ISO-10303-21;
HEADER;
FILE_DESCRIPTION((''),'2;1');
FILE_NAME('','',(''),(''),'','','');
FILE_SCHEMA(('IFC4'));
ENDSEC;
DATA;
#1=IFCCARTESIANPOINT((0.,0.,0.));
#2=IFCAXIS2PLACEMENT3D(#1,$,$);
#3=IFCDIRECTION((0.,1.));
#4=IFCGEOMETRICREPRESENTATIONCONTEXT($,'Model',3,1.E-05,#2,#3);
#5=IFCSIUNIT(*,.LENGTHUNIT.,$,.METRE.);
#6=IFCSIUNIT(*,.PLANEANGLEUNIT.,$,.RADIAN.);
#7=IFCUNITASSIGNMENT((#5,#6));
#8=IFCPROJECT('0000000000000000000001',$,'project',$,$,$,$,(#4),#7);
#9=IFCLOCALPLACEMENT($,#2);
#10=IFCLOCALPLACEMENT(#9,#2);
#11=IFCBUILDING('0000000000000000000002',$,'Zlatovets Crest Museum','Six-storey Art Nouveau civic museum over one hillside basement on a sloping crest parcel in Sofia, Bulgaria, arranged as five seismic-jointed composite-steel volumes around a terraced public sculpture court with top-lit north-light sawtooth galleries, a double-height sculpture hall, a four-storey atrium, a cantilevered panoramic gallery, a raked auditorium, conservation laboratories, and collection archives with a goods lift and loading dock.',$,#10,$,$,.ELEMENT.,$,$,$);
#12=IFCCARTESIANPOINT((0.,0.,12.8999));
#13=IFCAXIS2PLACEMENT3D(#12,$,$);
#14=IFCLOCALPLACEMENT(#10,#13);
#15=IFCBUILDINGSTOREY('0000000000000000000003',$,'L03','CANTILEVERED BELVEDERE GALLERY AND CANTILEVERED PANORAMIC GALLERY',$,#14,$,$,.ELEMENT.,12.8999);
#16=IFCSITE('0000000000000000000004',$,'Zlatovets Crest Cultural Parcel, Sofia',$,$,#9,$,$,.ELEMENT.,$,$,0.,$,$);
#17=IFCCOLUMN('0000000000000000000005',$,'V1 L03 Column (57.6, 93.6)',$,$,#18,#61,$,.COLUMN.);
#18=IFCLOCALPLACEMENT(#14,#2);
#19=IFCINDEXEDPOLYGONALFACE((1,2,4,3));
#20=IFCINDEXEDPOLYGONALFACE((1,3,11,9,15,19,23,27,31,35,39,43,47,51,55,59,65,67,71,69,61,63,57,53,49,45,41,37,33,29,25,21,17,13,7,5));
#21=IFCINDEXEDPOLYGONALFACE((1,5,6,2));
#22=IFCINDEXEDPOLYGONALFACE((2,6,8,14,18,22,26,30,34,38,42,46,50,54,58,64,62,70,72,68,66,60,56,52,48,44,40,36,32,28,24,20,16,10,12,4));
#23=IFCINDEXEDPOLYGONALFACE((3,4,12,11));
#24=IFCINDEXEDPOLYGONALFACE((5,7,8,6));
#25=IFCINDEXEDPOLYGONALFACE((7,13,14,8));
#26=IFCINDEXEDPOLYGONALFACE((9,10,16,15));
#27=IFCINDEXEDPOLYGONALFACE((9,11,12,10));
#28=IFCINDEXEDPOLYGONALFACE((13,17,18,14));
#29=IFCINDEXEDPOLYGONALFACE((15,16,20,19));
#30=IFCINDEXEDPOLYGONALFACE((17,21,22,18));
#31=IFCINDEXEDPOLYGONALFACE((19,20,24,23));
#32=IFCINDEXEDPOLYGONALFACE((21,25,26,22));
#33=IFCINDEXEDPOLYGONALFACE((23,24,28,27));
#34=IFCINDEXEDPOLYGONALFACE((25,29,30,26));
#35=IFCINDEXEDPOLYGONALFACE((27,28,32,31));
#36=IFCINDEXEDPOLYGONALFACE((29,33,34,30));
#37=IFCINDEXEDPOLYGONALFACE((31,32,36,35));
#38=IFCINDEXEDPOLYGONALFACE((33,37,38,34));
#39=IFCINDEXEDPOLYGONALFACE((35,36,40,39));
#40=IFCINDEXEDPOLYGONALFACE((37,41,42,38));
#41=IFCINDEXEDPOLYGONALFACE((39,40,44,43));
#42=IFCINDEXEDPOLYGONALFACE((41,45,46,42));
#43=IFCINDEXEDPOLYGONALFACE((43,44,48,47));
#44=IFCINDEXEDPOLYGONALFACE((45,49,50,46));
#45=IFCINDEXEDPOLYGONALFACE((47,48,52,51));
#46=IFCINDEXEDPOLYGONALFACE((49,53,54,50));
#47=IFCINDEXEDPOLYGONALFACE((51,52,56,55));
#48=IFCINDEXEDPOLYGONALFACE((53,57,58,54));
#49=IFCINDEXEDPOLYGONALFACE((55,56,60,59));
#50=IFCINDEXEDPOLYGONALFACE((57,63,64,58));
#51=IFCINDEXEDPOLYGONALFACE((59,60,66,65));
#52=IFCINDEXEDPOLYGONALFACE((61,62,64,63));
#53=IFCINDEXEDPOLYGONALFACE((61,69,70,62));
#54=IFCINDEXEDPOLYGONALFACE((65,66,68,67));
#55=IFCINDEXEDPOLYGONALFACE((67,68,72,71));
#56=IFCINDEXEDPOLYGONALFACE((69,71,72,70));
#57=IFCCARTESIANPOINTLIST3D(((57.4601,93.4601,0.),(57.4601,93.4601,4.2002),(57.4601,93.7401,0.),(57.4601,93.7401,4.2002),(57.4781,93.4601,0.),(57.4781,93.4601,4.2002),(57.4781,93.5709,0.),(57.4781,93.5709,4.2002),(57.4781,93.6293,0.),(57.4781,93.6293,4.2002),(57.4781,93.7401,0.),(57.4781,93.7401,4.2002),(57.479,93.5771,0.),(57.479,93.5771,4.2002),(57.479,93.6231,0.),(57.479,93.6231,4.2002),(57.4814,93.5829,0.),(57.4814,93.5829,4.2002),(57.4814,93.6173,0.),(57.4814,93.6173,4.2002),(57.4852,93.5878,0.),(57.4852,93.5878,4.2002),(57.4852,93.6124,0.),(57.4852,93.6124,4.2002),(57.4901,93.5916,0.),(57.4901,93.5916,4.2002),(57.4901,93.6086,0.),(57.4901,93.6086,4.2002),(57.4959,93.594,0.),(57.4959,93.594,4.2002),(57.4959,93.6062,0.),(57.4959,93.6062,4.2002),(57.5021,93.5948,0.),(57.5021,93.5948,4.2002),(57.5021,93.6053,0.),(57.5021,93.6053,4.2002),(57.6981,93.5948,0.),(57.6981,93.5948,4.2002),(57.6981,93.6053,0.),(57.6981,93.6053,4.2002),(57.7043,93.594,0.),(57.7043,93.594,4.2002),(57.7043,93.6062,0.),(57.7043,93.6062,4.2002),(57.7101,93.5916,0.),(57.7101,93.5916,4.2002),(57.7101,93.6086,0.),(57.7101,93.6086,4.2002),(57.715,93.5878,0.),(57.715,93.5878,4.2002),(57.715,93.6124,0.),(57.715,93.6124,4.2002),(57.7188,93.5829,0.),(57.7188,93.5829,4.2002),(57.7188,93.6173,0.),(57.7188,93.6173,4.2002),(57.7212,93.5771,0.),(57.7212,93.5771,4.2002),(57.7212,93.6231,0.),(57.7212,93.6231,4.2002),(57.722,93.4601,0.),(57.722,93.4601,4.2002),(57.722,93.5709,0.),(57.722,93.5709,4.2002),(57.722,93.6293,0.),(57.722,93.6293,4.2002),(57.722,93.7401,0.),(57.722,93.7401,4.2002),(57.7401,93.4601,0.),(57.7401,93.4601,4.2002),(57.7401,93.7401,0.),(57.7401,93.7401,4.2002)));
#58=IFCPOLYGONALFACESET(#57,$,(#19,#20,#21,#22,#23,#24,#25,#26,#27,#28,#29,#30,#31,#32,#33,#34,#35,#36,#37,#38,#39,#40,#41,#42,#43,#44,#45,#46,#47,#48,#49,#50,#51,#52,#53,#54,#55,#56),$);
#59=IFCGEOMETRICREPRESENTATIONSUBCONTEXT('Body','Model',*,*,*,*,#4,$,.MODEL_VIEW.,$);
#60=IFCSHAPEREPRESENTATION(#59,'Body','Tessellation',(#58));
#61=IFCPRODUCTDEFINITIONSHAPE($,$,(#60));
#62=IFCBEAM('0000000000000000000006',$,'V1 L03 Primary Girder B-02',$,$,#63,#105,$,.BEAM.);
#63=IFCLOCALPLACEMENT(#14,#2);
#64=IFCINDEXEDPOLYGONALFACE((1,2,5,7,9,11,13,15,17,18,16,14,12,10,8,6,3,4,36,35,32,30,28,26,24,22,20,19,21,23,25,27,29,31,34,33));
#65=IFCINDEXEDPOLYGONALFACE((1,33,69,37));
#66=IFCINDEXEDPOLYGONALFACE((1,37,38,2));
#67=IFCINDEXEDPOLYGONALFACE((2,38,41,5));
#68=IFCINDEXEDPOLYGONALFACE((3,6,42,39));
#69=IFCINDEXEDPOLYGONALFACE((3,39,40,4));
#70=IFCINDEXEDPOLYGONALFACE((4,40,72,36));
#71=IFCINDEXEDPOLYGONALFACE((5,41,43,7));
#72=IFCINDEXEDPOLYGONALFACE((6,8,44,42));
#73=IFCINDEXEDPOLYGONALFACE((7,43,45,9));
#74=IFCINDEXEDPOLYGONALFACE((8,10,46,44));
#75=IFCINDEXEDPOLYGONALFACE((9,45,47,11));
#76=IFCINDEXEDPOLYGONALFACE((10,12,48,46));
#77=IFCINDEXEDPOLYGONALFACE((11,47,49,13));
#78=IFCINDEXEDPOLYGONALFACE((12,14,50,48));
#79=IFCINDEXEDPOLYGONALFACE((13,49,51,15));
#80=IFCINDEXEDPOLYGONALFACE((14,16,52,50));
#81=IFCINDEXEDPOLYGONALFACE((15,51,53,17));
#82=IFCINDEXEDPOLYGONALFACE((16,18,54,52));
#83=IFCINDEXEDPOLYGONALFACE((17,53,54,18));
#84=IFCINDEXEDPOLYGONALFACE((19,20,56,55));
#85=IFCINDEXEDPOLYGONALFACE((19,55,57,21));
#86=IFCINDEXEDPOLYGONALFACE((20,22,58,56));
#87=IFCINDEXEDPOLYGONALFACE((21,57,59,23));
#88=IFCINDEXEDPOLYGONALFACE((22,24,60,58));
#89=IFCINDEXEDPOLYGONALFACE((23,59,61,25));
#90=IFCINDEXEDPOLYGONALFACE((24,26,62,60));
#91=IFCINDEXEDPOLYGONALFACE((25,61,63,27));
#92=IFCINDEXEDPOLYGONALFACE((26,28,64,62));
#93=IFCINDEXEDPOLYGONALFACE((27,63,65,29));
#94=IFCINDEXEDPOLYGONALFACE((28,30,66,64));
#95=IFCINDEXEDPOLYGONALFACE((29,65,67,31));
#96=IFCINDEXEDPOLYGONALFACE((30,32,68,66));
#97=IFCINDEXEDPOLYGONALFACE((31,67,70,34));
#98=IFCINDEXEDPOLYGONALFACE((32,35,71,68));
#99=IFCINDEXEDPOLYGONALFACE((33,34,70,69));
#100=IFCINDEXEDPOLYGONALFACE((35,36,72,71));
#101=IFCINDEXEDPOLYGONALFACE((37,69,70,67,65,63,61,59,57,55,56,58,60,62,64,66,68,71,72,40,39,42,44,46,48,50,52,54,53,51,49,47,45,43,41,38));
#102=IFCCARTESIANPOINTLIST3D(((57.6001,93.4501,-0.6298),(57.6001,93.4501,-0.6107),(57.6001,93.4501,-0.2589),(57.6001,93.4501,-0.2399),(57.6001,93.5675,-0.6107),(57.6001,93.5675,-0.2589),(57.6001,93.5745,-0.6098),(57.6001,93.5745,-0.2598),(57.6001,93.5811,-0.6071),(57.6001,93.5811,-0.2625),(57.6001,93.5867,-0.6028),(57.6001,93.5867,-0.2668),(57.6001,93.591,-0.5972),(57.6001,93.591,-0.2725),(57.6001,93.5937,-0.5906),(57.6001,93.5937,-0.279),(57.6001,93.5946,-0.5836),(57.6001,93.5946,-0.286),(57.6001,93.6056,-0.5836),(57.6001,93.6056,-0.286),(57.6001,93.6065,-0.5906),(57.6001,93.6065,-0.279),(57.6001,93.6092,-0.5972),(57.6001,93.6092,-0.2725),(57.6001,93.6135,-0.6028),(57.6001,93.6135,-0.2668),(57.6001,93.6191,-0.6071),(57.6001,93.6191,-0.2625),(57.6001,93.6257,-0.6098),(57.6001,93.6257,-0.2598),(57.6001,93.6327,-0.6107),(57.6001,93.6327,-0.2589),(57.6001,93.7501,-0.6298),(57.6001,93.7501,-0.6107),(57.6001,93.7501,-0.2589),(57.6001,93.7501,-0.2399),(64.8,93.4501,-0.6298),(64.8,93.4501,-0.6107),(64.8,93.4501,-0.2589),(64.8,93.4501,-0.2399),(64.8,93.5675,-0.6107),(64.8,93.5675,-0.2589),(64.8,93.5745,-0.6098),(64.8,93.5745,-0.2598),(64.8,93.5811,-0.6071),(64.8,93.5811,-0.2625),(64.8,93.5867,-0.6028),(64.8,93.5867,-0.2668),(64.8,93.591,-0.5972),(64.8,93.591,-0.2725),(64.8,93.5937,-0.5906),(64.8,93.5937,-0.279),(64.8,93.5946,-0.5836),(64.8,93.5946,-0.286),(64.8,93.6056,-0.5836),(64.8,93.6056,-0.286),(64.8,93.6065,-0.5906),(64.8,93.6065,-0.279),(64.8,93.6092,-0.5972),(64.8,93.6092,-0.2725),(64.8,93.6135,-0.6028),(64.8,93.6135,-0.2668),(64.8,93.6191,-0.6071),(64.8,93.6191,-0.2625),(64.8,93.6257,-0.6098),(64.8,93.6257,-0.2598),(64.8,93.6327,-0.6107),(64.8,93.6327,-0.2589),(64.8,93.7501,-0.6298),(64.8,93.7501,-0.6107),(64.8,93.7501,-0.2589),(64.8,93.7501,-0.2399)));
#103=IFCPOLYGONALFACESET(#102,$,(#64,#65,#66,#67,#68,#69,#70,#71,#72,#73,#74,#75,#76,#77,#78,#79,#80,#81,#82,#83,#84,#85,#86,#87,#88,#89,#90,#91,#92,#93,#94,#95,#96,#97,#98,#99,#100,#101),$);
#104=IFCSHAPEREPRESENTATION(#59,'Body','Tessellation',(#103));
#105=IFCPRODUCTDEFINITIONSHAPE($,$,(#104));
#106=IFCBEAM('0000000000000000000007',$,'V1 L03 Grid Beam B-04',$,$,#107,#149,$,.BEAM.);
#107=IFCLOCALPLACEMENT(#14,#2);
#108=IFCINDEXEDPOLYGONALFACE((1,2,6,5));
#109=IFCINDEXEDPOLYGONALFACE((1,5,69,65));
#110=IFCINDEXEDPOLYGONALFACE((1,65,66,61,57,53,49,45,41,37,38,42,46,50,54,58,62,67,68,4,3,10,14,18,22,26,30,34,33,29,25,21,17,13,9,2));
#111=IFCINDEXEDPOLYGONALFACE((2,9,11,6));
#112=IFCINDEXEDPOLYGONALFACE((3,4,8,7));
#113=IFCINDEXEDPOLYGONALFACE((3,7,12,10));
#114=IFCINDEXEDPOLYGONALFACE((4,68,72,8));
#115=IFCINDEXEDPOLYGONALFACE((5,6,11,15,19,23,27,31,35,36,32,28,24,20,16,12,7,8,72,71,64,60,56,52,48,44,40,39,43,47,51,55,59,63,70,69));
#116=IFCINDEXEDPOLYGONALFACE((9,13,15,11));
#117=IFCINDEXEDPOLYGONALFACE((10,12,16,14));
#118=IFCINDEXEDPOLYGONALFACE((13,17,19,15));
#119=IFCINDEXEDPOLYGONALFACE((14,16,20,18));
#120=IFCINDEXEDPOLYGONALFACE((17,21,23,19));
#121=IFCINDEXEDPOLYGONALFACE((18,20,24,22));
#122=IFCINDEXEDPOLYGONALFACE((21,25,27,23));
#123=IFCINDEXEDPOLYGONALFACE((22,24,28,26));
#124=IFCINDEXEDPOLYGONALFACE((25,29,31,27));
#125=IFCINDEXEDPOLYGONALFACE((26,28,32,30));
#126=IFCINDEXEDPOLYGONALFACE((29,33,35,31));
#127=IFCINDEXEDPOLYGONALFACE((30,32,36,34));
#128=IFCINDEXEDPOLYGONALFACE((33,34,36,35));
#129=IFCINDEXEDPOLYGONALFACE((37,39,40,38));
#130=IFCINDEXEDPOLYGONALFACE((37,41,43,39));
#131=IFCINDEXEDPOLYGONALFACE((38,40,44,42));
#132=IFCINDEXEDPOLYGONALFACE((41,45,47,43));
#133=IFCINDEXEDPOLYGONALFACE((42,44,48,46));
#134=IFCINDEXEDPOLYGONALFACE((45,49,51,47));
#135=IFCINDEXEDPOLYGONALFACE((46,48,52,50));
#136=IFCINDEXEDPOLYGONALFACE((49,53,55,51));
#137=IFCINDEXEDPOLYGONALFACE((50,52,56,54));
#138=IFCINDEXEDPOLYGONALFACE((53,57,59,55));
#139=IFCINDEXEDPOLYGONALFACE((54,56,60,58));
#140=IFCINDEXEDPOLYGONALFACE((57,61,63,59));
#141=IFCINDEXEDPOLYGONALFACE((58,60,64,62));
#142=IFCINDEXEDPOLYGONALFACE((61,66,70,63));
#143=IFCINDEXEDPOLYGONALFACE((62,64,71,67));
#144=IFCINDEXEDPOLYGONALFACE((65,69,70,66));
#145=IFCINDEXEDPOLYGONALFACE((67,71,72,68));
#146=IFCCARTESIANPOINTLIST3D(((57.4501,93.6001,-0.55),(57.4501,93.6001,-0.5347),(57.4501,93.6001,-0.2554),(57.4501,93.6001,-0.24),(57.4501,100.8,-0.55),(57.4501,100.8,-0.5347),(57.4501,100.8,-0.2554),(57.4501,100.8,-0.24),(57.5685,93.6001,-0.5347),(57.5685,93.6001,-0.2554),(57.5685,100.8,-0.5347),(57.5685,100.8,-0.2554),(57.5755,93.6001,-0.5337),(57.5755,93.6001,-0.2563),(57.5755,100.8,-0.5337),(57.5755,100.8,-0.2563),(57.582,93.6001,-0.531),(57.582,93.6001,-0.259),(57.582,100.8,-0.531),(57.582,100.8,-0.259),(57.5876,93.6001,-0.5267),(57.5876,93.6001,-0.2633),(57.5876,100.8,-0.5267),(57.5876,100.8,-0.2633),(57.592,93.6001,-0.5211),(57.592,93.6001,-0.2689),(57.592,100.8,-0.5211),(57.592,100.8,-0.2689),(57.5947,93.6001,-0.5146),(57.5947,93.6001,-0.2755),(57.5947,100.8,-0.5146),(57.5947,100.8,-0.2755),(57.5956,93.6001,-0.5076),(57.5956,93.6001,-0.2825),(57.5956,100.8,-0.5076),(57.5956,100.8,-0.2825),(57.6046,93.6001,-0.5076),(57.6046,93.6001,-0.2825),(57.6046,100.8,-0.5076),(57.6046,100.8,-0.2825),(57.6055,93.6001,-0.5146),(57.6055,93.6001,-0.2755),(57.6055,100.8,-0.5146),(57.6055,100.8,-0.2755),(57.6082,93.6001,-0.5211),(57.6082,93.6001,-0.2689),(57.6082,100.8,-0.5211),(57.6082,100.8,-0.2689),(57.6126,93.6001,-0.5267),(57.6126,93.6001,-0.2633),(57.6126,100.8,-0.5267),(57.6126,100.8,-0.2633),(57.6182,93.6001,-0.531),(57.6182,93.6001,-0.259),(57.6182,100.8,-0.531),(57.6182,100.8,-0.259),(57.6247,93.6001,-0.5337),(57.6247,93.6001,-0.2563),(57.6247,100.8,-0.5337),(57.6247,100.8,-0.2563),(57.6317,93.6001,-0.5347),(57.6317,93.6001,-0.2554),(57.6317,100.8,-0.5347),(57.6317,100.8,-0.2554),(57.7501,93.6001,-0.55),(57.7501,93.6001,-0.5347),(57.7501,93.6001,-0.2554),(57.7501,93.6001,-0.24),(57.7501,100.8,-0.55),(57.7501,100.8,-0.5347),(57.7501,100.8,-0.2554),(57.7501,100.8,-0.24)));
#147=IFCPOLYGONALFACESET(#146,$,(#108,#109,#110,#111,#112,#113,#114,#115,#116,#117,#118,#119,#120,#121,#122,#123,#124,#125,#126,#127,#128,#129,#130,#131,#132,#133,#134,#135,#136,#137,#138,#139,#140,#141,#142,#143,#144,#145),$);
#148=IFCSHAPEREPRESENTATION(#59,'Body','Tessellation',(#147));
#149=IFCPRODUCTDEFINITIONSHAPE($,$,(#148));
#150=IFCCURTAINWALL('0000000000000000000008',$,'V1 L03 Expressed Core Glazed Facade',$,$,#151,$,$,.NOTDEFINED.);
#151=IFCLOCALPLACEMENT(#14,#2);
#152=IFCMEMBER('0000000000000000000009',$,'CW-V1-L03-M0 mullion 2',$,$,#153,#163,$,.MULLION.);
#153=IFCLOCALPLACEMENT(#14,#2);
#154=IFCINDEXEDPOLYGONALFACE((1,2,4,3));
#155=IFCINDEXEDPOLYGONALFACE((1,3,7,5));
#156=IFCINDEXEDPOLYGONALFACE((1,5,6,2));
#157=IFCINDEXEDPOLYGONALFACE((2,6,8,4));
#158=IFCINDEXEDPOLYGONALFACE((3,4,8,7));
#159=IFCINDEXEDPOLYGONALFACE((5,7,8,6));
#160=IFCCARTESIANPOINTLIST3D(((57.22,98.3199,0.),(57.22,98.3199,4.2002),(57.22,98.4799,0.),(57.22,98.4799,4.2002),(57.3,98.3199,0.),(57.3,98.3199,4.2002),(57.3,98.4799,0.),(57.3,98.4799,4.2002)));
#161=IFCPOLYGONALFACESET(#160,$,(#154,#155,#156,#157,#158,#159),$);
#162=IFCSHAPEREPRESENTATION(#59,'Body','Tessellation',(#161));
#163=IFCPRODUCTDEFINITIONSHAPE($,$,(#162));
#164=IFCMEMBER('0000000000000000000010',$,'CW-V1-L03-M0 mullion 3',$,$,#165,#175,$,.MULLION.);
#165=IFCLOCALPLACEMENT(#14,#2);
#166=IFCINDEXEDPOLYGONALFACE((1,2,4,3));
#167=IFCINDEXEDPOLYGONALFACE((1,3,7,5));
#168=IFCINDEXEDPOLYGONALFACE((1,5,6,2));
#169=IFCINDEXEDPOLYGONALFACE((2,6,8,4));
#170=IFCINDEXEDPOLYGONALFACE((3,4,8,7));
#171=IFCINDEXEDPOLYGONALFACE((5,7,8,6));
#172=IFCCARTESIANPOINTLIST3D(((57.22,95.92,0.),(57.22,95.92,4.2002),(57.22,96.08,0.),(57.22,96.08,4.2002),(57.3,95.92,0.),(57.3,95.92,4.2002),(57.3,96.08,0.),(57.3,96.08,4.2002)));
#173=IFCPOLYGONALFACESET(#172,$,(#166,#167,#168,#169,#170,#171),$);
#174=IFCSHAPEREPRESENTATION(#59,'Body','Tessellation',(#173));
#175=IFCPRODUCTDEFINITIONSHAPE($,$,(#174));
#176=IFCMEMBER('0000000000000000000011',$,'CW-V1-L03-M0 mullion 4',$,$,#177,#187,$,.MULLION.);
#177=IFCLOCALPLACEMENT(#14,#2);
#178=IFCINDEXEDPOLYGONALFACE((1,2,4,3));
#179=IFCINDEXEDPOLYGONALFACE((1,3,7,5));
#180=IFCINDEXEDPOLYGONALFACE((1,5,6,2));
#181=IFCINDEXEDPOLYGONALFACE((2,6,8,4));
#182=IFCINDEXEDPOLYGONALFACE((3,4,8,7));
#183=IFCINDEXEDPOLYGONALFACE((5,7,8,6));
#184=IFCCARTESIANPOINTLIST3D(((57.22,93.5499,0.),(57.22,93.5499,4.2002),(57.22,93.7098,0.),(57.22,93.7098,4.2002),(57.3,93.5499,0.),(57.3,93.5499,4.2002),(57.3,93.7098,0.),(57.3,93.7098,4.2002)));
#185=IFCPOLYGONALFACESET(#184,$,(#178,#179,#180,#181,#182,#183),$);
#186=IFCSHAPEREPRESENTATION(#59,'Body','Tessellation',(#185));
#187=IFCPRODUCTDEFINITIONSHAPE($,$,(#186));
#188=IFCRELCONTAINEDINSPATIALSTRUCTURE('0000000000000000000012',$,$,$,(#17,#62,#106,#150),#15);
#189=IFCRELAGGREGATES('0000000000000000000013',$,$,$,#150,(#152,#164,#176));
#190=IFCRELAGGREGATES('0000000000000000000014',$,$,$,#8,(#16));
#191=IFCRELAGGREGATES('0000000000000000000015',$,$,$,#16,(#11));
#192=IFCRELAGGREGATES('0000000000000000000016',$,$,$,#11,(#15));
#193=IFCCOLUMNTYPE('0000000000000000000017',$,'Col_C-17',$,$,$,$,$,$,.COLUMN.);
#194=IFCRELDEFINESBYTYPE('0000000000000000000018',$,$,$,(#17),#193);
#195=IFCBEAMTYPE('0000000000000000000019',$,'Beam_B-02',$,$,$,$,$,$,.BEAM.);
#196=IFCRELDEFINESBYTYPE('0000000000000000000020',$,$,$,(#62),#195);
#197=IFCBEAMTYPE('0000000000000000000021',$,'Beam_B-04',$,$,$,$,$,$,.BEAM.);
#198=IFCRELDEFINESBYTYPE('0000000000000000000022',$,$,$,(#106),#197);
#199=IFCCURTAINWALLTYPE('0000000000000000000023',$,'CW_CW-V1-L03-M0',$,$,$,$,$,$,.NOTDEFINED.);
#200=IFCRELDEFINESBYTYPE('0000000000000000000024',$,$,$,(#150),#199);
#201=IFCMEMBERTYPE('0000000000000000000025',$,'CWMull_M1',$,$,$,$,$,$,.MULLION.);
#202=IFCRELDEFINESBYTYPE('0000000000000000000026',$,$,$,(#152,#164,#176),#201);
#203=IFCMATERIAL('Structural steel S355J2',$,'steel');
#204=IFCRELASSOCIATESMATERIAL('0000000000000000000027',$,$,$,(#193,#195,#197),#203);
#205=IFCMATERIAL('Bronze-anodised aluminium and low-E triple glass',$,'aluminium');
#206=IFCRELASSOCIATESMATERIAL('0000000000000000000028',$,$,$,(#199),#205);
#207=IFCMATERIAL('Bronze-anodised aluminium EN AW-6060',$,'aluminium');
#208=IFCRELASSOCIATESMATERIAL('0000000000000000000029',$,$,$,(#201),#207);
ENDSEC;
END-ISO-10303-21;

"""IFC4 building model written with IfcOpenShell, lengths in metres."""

from ifc_helpers import new_model, si_unit, direction, frame, origin, origin_2d, place, context, subcontext, project, spatial, rectangle, i_section, extrude, material, material_profile, profile_set, type_object, element, aggregate, save


model = new_model("IFC4")

# Units and contexts
model_context = context("Model", 3, precision=1e-05, world=origin(), true_north=direction((0.0, 1.0)))
body_context = subcontext(model_context, "Body", "Model", "MODEL_VIEW")
ifc_project = project(units=[si_unit("LENGTHUNIT", "METRE"), si_unit("PLANEANGLEUNIT", "RADIAN")], contexts=[model_context])

# Site, building, storey
site_placement = place(None, origin())
site = spatial("IfcSite", under=ifc_project, at=site_placement, Name="Zlatovets Crest Cultural Parcel, Sofia", CompositionType="ELEMENT", RefElevation=0.0)
building_placement = place(site_placement, origin())
building = spatial("IfcBuilding", under=site, at=building_placement, Name="Zlatovets Crest Museum", Description="Six-storey Art Nouveau civic museum over one hillside basement on a sloping crest parcel in Sofia, Bulgaria, arranged as five seismic-jointed composite-steel volumes around a terraced public sculpture court with top-lit north-light sawtooth galleries, a double-height sculpture hall, a four-storey atrium, a cantilevered panoramic gallery, a raked auditorium, conservation laboratories, and collection archives with a goods lift and loading dock.", CompositionType="ELEMENT")
storey_placement = place(building_placement, frame((0.0, 0.0, 12.8999)))
storey = spatial("IfcBuildingStorey", under=building, at=storey_placement, Name="L03", Description="CANTILEVERED BELVEDERE GALLERY AND CANTILEVERED PANORAMIC GALLERY", CompositionType="ELEMENT", Elevation=12.8999)

# Column
ifc_material_1 = material(Name="Structural steel S355J2", Category="steel")
ifc_material_profile_1 = material_profile(ifc_material_1, i_section(OverallWidth=0.28, OverallDepth=0.28, WebThickness=0.0105, FlangeThickness=0.0181, FilletRadius=0.0239, at=origin_2d()), Name="HEB 280")
ifc_profile_set_1 = profile_set([ifc_material_profile_1], Name="Structural steel S355J2")
column_type = type_object("IfcColumnType", Name="Col_C-17", PredefinedType="COLUMN", material=ifc_profile_set_1)
column_placement = place(storey_placement, frame((57.6001, 93.6001, 0.0), z_axis=(0.0, 0.0, 1.0), x_axis=(0.0, 1.0, 0.0)))
element("IfcColumn", 1, at=column_placement, inside=storey, type_object=column_type, Name="V1 L03 Column (57.6, 93.6)", PredefinedType="COLUMN", context=body_context, shape_type="SweptSolid", body=[
    extrude(i_section(OverallWidth=0.28, OverallDepth=0.28, WebThickness=0.0105, FlangeThickness=0.0181, FilletRadius=0.0239, at=origin_2d()), origin(), (0.0, 0.0, 1.0), 4.2002),
])

# Beams
ifc_material_profile_2 = material_profile(ifc_material_1, i_section(OverallWidth=0.3, OverallDepth=0.3899, WebThickness=0.011, FlangeThickness=0.019, FilletRadius=0.0271, at=origin_2d()), Name="HEA 400")
ifc_profile_set_2 = profile_set([ifc_material_profile_2], Name="Structural steel S355J2")
beam_type_1 = type_object("IfcBeamType", Name="Beam_B-02", PredefinedType="BEAM", material=ifc_profile_set_2)
beam_1_placement = place(storey_placement, frame((57.6001, 93.6001, -0.4348), z_axis=(1.0, 0.0, 0.0), x_axis=(0.0, 1.0, 0.0)))
element("IfcBeam", 2, at=beam_1_placement, inside=storey, type_object=beam_type_1, Name="V1 L03 Primary Girder B-02", PredefinedType="BEAM", context=body_context, shape_type="SweptSolid", body=[
    extrude(i_section(OverallWidth=0.3, OverallDepth=0.3899, WebThickness=0.011, FlangeThickness=0.019, FilletRadius=0.0271, at=origin_2d()), origin(), (0.0, 0.0, 1.0), 7.2),
])
ifc_material_profile_3 = material_profile(ifc_material_1, i_section(OverallWidth=0.3, OverallDepth=0.3101, WebThickness=0.009, FlangeThickness=0.0154, FilletRadius=0.0271, at=origin_2d()), Name="HEA 320")
ifc_profile_set_3 = profile_set([ifc_material_profile_3], Name="Structural steel S355J2")
beam_type_2 = type_object("IfcBeamType", Name="Beam_B-04", PredefinedType="BEAM", material=ifc_profile_set_3)
beam_2_placement = place(storey_placement, frame((57.6001, 93.6001, -0.395), z_axis=(0.0, 1.0, 0.0), x_axis=(-1.0, 0.0, 0.0)))
element("IfcBeam", 3, at=beam_2_placement, inside=storey, type_object=beam_type_2, Name="V1 L03 Grid Beam B-04", PredefinedType="BEAM", context=body_context, shape_type="SweptSolid", body=[
    extrude(i_section(OverallWidth=0.3, OverallDepth=0.3101, WebThickness=0.009, FlangeThickness=0.0154, FilletRadius=0.0271, at=origin_2d()), origin(), (0.0, 0.0, 1.0), 7.2),
])

# Curtain wall, members
ifc_material_2 = material(Name="Bronze-anodised aluminium and low-E triple glass", Category="aluminium")
curtain_wall_type_1 = type_object("IfcCurtainWallType", Name="CW_CW-V1-L03-M0", PredefinedType="NOTDEFINED", material=ifc_material_2)
curtain_wall_1_placement = place(storey_placement, origin())
curtain_wall_1 = element("IfcCurtainWall", 4, at=curtain_wall_1_placement, inside=storey, type_object=curtain_wall_type_1, Name="V1 L03 Expressed Core Glazed Facade", PredefinedType="NOTDEFINED")
ifc_material_3 = material(Name="Bronze-anodised aluminium EN AW-6060", Category="aluminium")
ifc_material_profile_4 = material_profile(ifc_material_3, rectangle(XDim=0.0801, YDim=0.1599, at=origin_2d()), Name="ALU 80x160")
ifc_profile_set_4 = profile_set([ifc_material_profile_4], Name="Bronze-anodised aluminium EN AW-6060")
member_type_1 = type_object("IfcMemberType", Name="CWMull_M1", PredefinedType="MULLION", material=ifc_profile_set_4)
member_1_placement = place(storey_placement, frame((57.26, 98.3999, 0.0), z_axis=(0.0, 0.0, 1.0), x_axis=(1.0, 0.0, 0.0)))
member_1 = element("IfcMember", 5, at=member_1_placement, type_object=member_type_1, Name="CW-V1-L03-M0 mullion 2", PredefinedType="MULLION", context=body_context, shape_type="SweptSolid", body=[
    extrude(rectangle(XDim=0.0801, YDim=0.1599, at=origin_2d()), origin(), (0.0, 0.0, 1.0), 4.2002),
])
member_2_placement = place(storey_placement, frame((57.26, 96.0, 0.0), z_axis=(0.0, 0.0, 1.0), x_axis=(1.0, 0.0, 0.0)))
member_2 = element("IfcMember", 6, at=member_2_placement, type_object=member_type_1, Name="CW-V1-L03-M0 mullion 3", PredefinedType="MULLION", context=body_context, shape_type="SweptSolid", body=[
    extrude(rectangle(XDim=0.0801, YDim=0.1599, at=origin_2d()), origin(), (0.0, 0.0, 1.0), 4.2002),
])
member_3_placement = place(storey_placement, frame((57.26, 93.6299, 0.0), z_axis=(0.0, 0.0, 1.0), x_axis=(1.0, 0.0, 0.0)))
member_3 = element("IfcMember", 7, at=member_3_placement, type_object=member_type_1, Name="CW-V1-L03-M0 mullion 4", PredefinedType="MULLION", context=body_context, shape_type="SweptSolid", body=[
    extrude(rectangle(XDim=0.0801, YDim=0.1599, at=origin_2d()), origin(), (0.0, 0.0, 1.0), 4.2002),
])

aggregate(curtain_wall_1, [member_1, member_2, member_3])

save(model, "model.ifc")
